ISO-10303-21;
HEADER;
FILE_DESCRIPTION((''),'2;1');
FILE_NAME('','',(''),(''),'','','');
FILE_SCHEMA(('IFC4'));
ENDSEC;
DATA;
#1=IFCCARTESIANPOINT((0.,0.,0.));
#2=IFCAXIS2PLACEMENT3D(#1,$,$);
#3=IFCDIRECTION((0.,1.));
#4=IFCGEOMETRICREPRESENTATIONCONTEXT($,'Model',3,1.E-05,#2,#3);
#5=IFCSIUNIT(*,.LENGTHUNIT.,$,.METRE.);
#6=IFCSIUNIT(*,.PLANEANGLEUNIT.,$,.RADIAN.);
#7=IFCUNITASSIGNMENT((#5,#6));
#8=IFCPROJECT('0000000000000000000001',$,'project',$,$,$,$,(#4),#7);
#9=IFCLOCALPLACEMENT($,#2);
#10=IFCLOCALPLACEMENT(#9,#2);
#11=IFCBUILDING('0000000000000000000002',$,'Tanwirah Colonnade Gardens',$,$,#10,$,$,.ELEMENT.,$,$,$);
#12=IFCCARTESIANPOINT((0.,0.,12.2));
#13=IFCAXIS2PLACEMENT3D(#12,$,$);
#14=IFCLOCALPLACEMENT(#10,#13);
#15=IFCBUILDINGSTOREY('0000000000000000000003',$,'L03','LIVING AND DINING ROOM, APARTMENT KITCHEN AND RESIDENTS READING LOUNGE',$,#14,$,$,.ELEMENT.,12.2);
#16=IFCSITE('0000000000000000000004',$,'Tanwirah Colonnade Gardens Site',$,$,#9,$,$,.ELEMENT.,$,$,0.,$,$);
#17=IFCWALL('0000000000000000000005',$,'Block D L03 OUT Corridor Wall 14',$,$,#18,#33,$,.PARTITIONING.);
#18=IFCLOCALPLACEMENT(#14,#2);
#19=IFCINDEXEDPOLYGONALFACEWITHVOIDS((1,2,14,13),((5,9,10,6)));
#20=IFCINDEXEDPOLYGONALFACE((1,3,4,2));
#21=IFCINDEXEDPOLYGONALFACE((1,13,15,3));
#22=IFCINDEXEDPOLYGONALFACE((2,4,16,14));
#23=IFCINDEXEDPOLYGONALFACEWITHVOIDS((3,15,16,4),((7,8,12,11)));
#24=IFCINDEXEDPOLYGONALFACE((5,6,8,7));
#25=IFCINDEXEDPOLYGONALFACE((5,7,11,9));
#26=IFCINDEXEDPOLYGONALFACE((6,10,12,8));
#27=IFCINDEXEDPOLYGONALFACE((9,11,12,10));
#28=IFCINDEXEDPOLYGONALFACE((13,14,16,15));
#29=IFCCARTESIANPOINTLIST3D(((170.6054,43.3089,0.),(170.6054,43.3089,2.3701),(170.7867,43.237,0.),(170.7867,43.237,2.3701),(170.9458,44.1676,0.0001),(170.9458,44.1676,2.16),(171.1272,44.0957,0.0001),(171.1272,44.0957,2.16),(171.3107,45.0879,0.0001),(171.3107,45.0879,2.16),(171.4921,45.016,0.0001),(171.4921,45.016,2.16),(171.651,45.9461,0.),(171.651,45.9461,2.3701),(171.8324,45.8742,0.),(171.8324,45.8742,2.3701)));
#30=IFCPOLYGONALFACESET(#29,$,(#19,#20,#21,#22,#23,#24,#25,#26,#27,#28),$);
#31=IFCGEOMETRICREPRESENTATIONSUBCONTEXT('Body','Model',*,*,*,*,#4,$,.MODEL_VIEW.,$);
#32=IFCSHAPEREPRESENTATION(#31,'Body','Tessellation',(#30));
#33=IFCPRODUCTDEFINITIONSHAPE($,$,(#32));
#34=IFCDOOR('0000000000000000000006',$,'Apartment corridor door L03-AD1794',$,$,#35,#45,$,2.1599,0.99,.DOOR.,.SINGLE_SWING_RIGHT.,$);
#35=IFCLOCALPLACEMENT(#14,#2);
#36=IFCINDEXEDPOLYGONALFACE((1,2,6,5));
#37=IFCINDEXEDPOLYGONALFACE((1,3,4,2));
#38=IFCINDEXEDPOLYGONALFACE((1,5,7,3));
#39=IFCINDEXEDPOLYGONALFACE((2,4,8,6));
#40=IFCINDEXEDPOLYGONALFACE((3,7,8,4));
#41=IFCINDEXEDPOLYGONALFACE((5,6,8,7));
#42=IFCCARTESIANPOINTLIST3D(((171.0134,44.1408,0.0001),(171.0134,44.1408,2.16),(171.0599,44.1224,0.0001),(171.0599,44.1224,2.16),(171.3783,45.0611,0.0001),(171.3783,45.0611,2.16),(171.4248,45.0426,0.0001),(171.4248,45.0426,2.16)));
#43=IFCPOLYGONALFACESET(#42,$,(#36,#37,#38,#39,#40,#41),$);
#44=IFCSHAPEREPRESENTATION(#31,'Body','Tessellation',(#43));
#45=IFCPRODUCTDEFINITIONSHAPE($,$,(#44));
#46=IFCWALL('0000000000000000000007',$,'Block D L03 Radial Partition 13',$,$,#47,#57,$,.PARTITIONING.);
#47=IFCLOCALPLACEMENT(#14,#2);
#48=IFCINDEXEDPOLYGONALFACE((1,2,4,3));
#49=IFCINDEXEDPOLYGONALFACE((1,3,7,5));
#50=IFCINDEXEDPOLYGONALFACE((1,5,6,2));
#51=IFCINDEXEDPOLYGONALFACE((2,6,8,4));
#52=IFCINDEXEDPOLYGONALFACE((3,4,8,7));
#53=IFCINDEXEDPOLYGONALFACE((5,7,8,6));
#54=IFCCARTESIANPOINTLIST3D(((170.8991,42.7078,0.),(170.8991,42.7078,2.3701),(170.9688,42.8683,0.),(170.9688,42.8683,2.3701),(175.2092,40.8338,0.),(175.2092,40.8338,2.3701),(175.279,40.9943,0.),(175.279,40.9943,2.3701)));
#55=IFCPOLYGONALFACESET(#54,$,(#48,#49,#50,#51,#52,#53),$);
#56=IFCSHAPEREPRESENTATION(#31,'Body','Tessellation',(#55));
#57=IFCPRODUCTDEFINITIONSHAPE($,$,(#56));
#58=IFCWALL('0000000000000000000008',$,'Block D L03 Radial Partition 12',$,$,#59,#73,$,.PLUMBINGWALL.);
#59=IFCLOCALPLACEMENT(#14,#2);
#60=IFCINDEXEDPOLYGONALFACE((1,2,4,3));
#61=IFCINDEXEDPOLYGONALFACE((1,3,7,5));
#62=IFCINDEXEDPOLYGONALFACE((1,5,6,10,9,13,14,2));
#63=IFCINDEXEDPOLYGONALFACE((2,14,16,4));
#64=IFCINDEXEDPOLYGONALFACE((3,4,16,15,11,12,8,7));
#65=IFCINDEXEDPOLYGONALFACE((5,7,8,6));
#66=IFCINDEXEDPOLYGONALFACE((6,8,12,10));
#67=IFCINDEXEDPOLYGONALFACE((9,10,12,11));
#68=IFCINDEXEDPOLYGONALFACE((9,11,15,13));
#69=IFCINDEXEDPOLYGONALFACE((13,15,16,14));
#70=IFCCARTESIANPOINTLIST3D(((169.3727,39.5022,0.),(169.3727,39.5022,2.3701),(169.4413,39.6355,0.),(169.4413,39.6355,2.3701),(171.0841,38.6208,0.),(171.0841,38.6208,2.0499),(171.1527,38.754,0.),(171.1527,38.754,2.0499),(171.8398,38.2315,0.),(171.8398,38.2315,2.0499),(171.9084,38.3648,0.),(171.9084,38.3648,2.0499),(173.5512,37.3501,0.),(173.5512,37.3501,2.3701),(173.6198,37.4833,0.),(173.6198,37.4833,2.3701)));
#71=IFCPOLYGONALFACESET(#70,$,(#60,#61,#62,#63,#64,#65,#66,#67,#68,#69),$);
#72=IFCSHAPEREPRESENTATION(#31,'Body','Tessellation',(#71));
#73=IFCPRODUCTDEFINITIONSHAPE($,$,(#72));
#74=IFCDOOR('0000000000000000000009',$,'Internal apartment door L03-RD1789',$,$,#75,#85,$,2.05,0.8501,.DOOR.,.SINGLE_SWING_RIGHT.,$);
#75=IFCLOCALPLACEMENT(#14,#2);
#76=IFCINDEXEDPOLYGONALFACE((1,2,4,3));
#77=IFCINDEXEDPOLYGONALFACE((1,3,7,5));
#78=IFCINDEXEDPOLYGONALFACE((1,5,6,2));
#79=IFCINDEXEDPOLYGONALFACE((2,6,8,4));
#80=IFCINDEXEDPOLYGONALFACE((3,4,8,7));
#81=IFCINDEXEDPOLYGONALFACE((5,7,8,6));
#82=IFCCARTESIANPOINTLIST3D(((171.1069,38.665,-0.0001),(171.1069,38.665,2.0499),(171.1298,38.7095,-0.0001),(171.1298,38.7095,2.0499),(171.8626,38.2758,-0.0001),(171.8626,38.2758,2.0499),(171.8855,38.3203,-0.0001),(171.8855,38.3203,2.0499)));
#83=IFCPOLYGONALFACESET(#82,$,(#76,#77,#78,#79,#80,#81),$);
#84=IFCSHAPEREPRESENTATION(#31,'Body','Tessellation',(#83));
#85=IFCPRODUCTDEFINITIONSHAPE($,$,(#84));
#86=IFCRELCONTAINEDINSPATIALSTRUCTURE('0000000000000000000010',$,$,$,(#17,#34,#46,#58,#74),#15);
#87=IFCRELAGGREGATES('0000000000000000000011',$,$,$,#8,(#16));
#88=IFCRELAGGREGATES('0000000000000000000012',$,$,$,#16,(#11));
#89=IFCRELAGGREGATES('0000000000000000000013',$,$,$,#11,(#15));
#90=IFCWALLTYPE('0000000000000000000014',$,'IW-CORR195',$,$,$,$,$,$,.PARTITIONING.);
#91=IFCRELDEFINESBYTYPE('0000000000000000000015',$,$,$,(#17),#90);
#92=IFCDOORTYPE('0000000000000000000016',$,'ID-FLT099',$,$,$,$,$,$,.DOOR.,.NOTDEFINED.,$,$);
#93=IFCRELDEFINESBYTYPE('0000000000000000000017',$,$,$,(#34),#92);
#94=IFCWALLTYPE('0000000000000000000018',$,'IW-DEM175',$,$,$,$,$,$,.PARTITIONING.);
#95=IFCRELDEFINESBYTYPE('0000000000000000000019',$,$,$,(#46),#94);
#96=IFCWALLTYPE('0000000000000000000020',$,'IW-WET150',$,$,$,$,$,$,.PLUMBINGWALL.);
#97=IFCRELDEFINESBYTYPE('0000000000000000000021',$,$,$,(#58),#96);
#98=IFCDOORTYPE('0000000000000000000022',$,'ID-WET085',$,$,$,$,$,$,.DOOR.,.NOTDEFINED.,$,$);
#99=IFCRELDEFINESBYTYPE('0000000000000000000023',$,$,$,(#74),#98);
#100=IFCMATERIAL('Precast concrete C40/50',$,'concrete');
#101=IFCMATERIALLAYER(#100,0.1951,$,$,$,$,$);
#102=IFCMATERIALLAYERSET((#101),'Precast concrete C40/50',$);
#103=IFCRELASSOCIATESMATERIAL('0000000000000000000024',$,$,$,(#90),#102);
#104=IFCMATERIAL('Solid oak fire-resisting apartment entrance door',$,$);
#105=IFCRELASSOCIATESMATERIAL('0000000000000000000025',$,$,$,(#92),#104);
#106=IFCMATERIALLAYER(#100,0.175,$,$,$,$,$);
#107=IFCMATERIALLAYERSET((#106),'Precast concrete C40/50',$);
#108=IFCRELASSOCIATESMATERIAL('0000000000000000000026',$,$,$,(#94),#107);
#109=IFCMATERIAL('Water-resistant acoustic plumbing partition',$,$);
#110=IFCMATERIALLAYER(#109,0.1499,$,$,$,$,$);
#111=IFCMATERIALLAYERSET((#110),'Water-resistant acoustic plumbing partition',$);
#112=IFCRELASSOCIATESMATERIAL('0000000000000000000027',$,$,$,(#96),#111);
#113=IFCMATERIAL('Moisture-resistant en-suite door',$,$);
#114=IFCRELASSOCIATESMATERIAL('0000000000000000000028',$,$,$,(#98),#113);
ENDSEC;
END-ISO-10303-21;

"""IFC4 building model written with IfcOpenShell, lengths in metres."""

from ifc_helpers import new_model, si_unit, direction, frame, frame_2d, origin, place, context, subcontext, project, spatial, rectangle, extrude, material, layer, layer_set, type_object, element, fill, save


model = new_model("IFC4")

# Units and contexts
model_context = context("Model", 3, precision=1e-05, world=origin(), true_north=direction((0.0, 1.0)))
body_context = subcontext(model_context, "Body", "Model", "MODEL_VIEW")
ifc_project = project(units=[si_unit("LENGTHUNIT", "METRE"), si_unit("PLANEANGLEUNIT", "RADIAN")], contexts=[model_context])

# Site, building, storey
site_placement = place(None, origin())
site = spatial("IfcSite", under=ifc_project, at=site_placement, Name="Tanwirah Colonnade Gardens Site", CompositionType="ELEMENT", RefElevation=0.0)
building_placement = place(site_placement, origin())
building = spatial("IfcBuilding", under=site, at=building_placement, Name="Tanwirah Colonnade Gardens", CompositionType="ELEMENT")
storey_placement = place(building_placement, frame((0.0, 0.0, 12.2)))
storey = spatial("IfcBuildingStorey", under=building, at=storey_placement, Name="L03", Description="LIVING AND DINING ROOM, APARTMENT KITCHEN AND RESIDENTS READING LOUNGE", CompositionType="ELEMENT", Elevation=12.2)

# Shared definitions
ifc_material_1 = material(Name="Precast concrete C40/50", Category="concrete")

# Wall, opening, door
ifc_layer_1 = layer(ifc_material_1, 0.1951)
ifc_layer_set_1 = layer_set([ifc_layer_1], Name="Precast concrete C40/50")
wall_type_1 = type_object("IfcWallType", Name="IW-CORR195", PredefinedType="PARTITIONING", material=ifc_layer_set_1)
ifc_material_2 = material(Name="Solid oak fire-resisting apartment entrance door")
wall_1_placement = place(storey_placement, frame((170.696, 43.2729, 0.0), z_axis=(0.0, 0.0, 1.0), x_axis=(0.368585, 0.929594, 0.0)))
wall_1 = element("IfcWall", 1, at=wall_1_placement, inside=storey, type_object=wall_type_1, Name="Block D L03 OUT Corridor Wall 14", PredefinedType="PARTITIONING", context=body_context, shape_type="SweptSolid", body=[
    extrude(rectangle(XDim=2.8369, YDim=0.1951, at=frame_2d((1.4185, 0.0))), origin(), (0.0, 0.0, 1.0), 2.3701),
])
opening_1_placement = place(wall_1_placement, frame((0.9236, 0.0, 0.0)))
opening_1 = element("IfcOpeningElement", 2, at=opening_1_placement, cuts=wall_1, PredefinedType="OPENING", context=body_context, shape_type="SweptSolid", body=[
    extrude(rectangle(XDim=0.99, YDim=2.1599, at=frame_2d((0.4951, 1.0801))), frame((0.0, 0.1074, 0.0), z_axis=(0.0, -1.0, 0.0), x_axis=(1.0, 0.0, 0.0)), (0.0, 0.0, 1.0), 0.2151),
])
door_type_1 = type_object("IfcDoorType", Name="ID-FLT099", OperationType="NOTDEFINED", PredefinedType="DOOR", material=ifc_material_2)
door_1_placement = place(opening_1_placement, origin())
door_1 = element("IfcDoor", 3, at=door_1_placement, inside=storey, type_object=door_type_1, Name="Apartment corridor door L03-AD1794", OperationType="SINGLE_SWING_RIGHT", OverallHeight=2.1599, OverallWidth=0.99, PredefinedType="DOOR", context=body_context, shape_type="SweptSolid", body=[
    extrude(rectangle(XDim=0.99, YDim=2.1599, at=frame_2d((0.4951, 1.0801))), frame((0.0, 0.0249, 0.0), z_axis=(0.0, -1.0, 0.0), x_axis=(1.0, 0.0, 0.0)), (0.0, 0.0, 1.0), 0.05),
])
fill(opening_1, door_1)

# Wall
ifc_layer_2 = layer(ifc_material_1, 0.175)
ifc_layer_set_2 = layer_set([ifc_layer_2], Name="Precast concrete C40/50")
wall_type_2 = type_object("IfcWallType", Name="IW-DEM175", PredefinedType="PARTITIONING", material=ifc_layer_set_2)
wall_2_placement = place(storey_placement, frame((170.9338, 42.7881, 0.0), z_axis=(0.0, 0.0, 1.0), x_axis=(0.917072, -0.398722, 0.0)))
element("IfcWall", 4, at=wall_2_placement, inside=storey, type_object=wall_type_2, Name="Block D L03 Radial Partition 13", PredefinedType="PARTITIONING", context=body_context, shape_type="SweptSolid", body=[
    extrude(rectangle(XDim=4.7, YDim=0.175, at=frame_2d((2.3501, 0.0))), origin(), (0.0, 0.0, 1.0), 2.3701),
])

# Wall, opening, door
ifc_material_3 = material(Name="Water-resistant acoustic plumbing partition")
ifc_layer_3 = layer(ifc_material_3, 0.1499)
ifc_layer_set_3 = layer_set([ifc_layer_3], Name="Water-resistant acoustic plumbing partition")
wall_type_3 = type_object("IfcWallType", Name="IW-WET150", PredefinedType="PLUMBINGWALL", material=ifc_layer_set_3)
wall_3_placement = place(storey_placement, frame((169.407, 39.5688, 0.0), z_axis=(0.0, 0.0, 1.0), x_axis=(0.889013, -0.457882, 0.0)))
wall_3 = element("IfcWall", 5, at=wall_3_placement, inside=storey, type_object=wall_type_3, Name="Block D L03 Radial Partition 12", PredefinedType="PLUMBINGWALL", context=body_context, shape_type="SweptSolid", body=[
    extrude(rectangle(XDim=4.7002, YDim=0.1499, at=frame_2d((2.3501, 0.0))), origin(), (0.0, 0.0, 1.0), 2.3701),
])
opening_2_placement = place(wall_3_placement, frame((1.925, 0.0, 0.0)))
opening_2 = element("IfcOpeningElement", 6, at=opening_2_placement, cuts=wall_3, PredefinedType="OPENING", context=body_context, shape_type="SweptSolid", body=[
    extrude(rectangle(XDim=0.8501, YDim=2.05, at=frame_2d((0.425, 1.0249))), frame((0.0, 0.085, 0.0), z_axis=(0.0, -1.0, 0.0), x_axis=(1.0, 0.0, 0.0)), (0.0, 0.0, 1.0), 0.1699),
])
ifc_material_4 = material(Name="Moisture-resistant en-suite door")
door_type_2 = type_object("IfcDoorType", Name="ID-WET085", OperationType="NOTDEFINED", PredefinedType="DOOR", material=ifc_material_4)
door_2_placement = place(opening_2_placement, origin())
door_2 = element("IfcDoor", 7, at=door_2_placement, inside=storey, type_object=door_type_2, Name="Internal apartment door L03-RD1789", OperationType="SINGLE_SWING_RIGHT", OverallHeight=2.05, OverallWidth=0.8501, PredefinedType="DOOR", context=body_context, shape_type="SweptSolid", body=[
    extrude(rectangle(XDim=0.8501, YDim=2.05, at=frame_2d((0.425, 1.0249))), frame((0.0, 0.0249, 0.0), z_axis=(0.0, -1.0, 0.0), x_axis=(1.0, 0.0, 0.0)), (0.0, 0.0, 1.0), 0.05),
])
fill(opening_2, door_2)

save(model, "model.ifc")
